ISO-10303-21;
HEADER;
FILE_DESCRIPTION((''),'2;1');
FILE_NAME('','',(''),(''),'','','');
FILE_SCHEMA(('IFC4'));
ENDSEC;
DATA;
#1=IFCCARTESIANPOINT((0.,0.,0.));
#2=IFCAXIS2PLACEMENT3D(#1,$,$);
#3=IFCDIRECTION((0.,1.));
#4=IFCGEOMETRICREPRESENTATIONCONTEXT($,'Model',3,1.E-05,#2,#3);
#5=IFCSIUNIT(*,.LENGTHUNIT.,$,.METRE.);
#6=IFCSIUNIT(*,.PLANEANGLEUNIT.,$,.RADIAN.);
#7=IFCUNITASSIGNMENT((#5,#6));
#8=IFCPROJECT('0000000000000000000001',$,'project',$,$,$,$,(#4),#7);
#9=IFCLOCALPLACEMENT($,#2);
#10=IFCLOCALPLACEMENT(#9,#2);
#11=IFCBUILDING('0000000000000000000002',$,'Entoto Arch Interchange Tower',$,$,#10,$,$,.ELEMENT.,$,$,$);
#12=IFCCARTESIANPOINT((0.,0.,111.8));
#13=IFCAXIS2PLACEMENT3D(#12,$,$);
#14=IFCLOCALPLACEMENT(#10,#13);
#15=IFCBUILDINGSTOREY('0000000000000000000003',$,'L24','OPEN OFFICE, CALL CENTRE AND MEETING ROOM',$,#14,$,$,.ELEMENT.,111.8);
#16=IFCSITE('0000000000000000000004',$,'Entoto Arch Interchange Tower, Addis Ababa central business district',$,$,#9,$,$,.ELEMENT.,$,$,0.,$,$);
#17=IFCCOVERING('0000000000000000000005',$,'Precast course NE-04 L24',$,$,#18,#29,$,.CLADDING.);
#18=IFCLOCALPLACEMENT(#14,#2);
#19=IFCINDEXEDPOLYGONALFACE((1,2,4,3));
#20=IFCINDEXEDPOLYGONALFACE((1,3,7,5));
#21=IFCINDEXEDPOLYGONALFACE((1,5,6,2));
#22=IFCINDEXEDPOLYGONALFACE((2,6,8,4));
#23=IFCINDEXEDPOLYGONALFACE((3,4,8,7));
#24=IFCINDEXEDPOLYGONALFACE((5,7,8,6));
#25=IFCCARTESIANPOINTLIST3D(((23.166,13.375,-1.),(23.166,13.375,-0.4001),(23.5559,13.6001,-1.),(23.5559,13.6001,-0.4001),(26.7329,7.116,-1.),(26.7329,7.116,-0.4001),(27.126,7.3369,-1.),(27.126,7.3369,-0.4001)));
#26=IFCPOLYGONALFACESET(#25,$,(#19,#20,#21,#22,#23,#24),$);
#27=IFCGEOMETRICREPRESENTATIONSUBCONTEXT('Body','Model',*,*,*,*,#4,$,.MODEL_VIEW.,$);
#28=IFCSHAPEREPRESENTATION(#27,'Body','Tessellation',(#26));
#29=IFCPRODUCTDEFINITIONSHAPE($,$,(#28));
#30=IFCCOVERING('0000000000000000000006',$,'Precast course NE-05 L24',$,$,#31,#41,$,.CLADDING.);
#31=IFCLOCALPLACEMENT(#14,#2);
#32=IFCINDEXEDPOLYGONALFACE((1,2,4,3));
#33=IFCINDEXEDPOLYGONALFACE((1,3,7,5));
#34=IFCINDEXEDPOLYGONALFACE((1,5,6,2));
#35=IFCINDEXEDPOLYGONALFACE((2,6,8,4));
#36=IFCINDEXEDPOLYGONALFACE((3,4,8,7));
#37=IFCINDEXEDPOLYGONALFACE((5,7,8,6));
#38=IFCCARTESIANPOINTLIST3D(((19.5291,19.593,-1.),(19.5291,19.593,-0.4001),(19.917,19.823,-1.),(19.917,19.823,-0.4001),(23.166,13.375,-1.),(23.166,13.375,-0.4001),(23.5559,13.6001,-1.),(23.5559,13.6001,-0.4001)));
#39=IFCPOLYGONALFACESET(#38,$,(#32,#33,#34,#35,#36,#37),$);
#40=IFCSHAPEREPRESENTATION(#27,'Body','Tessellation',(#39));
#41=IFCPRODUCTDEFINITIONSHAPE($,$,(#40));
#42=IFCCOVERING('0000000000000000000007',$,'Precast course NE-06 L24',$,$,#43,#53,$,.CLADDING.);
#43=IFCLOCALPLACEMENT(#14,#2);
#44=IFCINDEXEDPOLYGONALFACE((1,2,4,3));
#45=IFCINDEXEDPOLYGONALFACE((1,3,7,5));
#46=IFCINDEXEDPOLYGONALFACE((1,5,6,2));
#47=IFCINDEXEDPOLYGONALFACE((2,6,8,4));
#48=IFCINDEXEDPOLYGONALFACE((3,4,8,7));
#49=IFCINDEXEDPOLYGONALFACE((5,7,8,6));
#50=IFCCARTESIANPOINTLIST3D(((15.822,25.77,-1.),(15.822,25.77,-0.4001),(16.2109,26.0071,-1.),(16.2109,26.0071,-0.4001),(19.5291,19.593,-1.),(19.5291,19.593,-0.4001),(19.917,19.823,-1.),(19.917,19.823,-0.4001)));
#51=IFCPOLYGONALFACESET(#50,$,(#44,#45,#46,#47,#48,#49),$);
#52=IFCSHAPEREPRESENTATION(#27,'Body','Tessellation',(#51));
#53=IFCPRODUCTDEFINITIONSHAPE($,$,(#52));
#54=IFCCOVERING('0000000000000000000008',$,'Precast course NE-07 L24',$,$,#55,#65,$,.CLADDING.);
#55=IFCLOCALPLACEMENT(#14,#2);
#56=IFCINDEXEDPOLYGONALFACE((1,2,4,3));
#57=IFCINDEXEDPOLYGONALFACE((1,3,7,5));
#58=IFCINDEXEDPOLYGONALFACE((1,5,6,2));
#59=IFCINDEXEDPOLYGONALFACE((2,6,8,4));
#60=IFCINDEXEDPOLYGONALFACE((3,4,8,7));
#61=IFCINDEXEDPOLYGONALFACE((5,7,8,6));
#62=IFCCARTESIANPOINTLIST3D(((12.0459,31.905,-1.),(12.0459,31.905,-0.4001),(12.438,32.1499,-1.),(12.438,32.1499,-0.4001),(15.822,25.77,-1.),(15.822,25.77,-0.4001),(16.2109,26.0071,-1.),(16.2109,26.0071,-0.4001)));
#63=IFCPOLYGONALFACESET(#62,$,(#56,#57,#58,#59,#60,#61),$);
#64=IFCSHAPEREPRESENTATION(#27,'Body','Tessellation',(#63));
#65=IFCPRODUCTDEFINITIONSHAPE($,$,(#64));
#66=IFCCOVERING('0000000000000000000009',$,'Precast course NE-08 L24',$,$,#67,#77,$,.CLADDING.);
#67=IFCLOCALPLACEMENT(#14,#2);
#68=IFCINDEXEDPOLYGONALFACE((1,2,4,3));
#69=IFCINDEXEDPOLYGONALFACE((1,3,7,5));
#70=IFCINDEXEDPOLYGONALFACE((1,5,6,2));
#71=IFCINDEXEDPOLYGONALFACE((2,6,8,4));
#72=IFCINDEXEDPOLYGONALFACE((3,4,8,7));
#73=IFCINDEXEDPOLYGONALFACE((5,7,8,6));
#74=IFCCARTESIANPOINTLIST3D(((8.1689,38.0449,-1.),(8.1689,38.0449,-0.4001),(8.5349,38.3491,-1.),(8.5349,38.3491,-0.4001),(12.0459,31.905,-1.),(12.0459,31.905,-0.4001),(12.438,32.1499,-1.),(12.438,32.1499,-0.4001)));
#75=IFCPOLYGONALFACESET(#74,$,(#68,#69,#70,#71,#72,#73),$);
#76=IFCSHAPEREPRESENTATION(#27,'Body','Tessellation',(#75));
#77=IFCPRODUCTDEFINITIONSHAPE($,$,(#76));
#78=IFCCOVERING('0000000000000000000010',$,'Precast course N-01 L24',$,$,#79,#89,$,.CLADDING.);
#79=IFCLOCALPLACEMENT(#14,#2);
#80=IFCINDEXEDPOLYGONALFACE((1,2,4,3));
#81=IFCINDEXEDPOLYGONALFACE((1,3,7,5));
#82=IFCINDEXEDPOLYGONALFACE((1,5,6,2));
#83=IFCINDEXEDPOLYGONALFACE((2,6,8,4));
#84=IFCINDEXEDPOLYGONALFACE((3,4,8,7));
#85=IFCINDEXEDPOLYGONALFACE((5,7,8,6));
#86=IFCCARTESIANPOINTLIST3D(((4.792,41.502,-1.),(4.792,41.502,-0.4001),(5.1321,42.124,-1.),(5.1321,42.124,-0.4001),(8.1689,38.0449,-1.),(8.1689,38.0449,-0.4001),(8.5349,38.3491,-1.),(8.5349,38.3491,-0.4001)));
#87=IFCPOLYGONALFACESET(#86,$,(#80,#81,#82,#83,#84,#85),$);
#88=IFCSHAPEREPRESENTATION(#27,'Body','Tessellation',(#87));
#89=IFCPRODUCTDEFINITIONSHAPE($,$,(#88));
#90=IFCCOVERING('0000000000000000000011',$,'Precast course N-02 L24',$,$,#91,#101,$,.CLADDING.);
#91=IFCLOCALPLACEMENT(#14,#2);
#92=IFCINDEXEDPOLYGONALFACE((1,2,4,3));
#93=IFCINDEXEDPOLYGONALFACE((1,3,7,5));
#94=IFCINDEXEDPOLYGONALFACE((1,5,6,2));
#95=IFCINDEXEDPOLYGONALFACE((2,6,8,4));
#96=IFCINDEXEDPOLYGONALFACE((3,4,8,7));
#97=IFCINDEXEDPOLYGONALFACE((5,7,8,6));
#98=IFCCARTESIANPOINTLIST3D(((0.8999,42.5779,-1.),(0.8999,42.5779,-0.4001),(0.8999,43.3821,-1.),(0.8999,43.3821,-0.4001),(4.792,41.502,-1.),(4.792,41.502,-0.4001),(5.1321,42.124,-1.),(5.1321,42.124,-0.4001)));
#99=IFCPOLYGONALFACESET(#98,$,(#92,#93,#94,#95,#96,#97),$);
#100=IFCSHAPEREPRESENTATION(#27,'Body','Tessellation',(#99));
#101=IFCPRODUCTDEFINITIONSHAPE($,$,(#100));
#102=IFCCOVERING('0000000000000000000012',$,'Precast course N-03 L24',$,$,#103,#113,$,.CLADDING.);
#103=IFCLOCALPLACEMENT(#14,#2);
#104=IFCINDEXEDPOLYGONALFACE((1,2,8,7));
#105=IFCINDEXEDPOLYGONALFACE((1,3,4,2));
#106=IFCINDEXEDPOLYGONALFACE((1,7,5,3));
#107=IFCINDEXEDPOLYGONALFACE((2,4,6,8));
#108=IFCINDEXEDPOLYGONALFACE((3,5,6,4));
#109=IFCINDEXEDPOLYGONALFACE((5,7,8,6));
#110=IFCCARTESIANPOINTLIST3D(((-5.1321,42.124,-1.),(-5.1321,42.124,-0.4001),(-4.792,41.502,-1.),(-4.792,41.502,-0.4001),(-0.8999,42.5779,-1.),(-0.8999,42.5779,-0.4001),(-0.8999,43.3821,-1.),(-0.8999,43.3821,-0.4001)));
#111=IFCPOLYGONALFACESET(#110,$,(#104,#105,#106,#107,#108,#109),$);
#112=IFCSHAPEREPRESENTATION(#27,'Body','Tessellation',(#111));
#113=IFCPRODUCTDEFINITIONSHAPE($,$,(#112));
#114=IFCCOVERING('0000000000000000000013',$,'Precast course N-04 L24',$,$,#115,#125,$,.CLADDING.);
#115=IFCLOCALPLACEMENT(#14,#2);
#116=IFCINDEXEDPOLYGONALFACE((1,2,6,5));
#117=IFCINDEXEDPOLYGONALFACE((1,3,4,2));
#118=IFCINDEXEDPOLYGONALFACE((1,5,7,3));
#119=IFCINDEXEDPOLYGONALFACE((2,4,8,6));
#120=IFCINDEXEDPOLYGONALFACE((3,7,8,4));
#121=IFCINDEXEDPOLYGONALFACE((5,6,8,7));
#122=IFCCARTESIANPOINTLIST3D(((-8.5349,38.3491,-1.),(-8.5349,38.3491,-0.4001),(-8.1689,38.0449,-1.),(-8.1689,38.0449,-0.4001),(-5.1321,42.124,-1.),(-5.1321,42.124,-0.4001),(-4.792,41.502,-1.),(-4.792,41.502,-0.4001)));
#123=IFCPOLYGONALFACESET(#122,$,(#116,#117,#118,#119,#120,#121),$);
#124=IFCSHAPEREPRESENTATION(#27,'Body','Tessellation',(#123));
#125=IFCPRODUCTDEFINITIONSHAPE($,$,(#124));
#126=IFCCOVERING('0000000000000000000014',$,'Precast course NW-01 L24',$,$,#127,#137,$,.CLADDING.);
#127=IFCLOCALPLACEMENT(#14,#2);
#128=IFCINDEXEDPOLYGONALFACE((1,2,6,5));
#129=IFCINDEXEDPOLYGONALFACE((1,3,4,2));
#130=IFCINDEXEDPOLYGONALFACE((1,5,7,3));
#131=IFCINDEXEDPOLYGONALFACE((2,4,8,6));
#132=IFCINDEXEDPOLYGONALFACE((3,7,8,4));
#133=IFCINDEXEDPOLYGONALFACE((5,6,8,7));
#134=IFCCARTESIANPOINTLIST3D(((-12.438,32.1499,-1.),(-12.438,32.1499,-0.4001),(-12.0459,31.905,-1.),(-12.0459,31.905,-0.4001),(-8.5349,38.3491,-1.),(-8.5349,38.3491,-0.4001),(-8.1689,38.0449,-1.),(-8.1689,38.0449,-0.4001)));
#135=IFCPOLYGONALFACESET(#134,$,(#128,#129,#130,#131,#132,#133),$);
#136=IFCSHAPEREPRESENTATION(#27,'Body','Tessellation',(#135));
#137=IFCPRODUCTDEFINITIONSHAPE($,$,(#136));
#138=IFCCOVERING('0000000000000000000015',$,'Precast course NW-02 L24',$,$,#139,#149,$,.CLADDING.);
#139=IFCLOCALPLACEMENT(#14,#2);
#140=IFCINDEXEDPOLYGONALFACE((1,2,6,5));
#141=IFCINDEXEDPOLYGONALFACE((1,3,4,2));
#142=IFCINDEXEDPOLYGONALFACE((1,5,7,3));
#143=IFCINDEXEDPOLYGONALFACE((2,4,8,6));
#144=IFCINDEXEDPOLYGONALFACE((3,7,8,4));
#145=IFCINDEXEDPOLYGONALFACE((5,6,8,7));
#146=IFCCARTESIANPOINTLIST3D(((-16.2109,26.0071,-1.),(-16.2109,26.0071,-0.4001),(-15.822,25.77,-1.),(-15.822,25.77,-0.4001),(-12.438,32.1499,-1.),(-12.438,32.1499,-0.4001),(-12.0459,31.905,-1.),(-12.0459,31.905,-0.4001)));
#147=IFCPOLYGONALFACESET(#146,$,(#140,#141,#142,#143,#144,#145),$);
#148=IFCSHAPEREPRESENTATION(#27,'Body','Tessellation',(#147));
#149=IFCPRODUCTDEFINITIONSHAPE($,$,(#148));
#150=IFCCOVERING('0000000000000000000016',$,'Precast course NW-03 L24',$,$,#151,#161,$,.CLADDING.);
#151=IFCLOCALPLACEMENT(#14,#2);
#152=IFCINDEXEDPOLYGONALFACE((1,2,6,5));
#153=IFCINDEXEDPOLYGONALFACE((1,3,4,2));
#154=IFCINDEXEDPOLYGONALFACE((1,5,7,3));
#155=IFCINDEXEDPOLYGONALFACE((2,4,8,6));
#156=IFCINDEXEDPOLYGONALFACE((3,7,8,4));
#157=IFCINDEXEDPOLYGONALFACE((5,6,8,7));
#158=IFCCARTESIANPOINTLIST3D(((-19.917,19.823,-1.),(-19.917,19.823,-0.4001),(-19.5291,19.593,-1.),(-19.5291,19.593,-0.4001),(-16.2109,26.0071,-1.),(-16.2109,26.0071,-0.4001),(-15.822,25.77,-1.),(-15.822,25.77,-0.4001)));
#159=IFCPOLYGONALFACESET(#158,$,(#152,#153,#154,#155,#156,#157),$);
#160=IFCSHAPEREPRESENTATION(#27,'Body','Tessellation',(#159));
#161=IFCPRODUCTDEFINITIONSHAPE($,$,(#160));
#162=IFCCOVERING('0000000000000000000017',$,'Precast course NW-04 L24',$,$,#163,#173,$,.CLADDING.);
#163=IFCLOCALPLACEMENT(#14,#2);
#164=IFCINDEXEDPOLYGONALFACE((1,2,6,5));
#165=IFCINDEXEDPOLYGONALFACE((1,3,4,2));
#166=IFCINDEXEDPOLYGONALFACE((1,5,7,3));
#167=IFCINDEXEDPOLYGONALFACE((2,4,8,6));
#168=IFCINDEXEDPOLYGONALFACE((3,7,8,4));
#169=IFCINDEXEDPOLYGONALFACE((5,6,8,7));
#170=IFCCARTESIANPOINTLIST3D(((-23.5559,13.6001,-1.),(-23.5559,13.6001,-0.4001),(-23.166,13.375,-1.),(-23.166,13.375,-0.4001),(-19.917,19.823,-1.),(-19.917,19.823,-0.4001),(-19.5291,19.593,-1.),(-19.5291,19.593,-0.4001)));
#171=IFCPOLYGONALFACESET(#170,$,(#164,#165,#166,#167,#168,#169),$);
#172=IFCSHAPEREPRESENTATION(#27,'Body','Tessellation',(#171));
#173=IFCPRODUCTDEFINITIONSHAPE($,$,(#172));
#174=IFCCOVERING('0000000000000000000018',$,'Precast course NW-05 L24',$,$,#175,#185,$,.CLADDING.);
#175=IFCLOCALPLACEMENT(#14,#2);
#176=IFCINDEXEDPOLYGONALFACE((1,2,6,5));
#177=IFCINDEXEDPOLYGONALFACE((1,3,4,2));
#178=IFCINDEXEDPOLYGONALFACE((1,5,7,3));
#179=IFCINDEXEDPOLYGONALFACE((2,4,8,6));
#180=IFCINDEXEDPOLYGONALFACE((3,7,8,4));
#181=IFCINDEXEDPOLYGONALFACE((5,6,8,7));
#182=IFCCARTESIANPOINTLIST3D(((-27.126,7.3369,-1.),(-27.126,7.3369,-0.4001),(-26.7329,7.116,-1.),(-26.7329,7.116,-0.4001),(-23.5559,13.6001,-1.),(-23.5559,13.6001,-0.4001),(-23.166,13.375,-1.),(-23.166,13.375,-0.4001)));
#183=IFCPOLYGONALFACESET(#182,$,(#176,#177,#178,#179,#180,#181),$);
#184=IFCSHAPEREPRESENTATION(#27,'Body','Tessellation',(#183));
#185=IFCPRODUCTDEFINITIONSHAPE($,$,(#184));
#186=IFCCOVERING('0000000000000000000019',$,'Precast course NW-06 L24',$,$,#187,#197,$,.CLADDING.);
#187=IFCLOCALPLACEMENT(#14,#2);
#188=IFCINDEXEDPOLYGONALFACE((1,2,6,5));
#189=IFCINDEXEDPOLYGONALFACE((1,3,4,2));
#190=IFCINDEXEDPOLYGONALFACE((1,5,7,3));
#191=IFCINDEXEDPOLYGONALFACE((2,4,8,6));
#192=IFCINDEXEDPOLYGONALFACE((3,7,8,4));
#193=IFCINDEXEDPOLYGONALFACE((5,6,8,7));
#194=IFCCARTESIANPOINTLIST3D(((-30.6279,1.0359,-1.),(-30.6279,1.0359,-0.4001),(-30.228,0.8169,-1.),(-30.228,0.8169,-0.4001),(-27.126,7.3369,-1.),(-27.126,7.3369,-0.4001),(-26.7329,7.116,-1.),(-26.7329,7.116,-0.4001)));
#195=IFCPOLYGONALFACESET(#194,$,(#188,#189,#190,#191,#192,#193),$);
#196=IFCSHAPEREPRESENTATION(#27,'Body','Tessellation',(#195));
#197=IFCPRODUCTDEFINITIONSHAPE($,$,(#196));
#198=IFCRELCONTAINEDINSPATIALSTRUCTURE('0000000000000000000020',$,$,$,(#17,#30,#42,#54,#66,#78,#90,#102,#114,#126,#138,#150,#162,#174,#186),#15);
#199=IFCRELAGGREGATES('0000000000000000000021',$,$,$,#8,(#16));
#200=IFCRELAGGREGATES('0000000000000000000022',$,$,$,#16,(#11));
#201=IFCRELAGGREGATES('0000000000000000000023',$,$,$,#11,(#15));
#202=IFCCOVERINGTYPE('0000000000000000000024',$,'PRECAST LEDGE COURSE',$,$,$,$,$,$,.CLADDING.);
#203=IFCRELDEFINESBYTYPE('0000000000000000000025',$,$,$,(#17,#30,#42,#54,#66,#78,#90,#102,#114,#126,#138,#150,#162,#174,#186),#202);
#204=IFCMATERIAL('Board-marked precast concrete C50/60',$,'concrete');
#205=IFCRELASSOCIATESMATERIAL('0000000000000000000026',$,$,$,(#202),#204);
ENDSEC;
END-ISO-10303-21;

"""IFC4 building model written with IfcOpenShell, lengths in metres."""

from ifc_helpers import new_model, si_unit, direction, frame, origin, place, context, subcontext, project, spatial, polyline, outline, extrude, material, type_object, element, save


model = new_model("IFC4")

# Units and contexts
model_context = context("Model", 3, precision=1e-05, world=origin(), true_north=direction((0.0, 1.0)))
body_context = subcontext(model_context, "Body", "Model", "MODEL_VIEW")
ifc_project = project(units=[si_unit("LENGTHUNIT", "METRE"), si_unit("PLANEANGLEUNIT", "RADIAN")], contexts=[model_context])

# Site, building, storey
site_placement = place(None, origin())
site = spatial("IfcSite", under=ifc_project, at=site_placement, Name="Entoto Arch Interchange Tower, Addis Ababa central business district", CompositionType="ELEMENT", RefElevation=0.0)
building_placement = place(site_placement, origin())
building = spatial("IfcBuilding", under=site, at=building_placement, Name="Entoto Arch Interchange Tower", CompositionType="ELEMENT")
storey_placement = place(building_placement, frame((0.0, 0.0, 111.8)))
storey = spatial("IfcBuildingStorey", under=building, at=storey_placement, Name="L24", Description="OPEN OFFICE, CALL CENTRE AND MEETING ROOM", CompositionType="ELEMENT", Elevation=111.8)

# Coverings
ifc_material_1 = material(Name="Board-marked precast concrete C50/60", Category="concrete")
covering_type = type_object("IfcCoveringType", Name="PRECAST LEDGE COURSE", PredefinedType="CLADDING", material=ifc_material_1)
covering_1_placement = place(storey_placement, frame((0.0, 0.0, -1.0)))
element("IfcCovering", 1, at=covering_1_placement, inside=storey, type_object=covering_type, Name="Precast course NE-04 L24", PredefinedType="CLADDING", context=body_context, shape_type="SweptSolid", body=[
    extrude(outline(polyline([(23.166, 13.375), (23.5559, 13.6001), (27.126, 7.3369), (26.7329, 7.116), (23.166, 13.375)])), origin(), (0.0, 0.0, 1.0), 0.5999),
])
covering_2_placement = place(storey_placement, frame((0.0, 0.0, -1.0)))
element("IfcCovering", 2, at=covering_2_placement, inside=storey, type_object=covering_type, Name="Precast course NE-05 L24", PredefinedType="CLADDING", context=body_context, shape_type="SweptSolid", body=[
    extrude(outline(polyline([(19.5291, 19.593), (19.917, 19.823), (23.5559, 13.6001), (23.166, 13.375), (19.5291, 19.593)])), origin(), (0.0, 0.0, 1.0), 0.5999),
])
covering_3_placement = place(storey_placement, frame((0.0, 0.0, -1.0)))
element("IfcCovering", 3, at=covering_3_placement, inside=storey, type_object=covering_type, Name="Precast course NE-06 L24", PredefinedType="CLADDING", context=body_context, shape_type="SweptSolid", body=[
    extrude(outline(polyline([(15.822, 25.77), (16.2109, 26.0071), (19.917, 19.823), (19.5291, 19.593), (15.822, 25.77)])), origin(), (0.0, 0.0, 1.0), 0.5999),
])
covering_4_placement = place(storey_placement, frame((0.0, 0.0, -1.0)))
element("IfcCovering", 4, at=covering_4_placement, inside=storey, type_object=covering_type, Name="Precast course NE-07 L24", PredefinedType="CLADDING", context=body_context, shape_type="SweptSolid", body=[
    extrude(outline(polyline([(12.0459, 31.905), (12.438, 32.1499), (16.2109, 26.0071), (15.822, 25.77), (12.0459, 31.905)])), origin(), (0.0, 0.0, 1.0), 0.5999),
])
covering_5_placement = place(storey_placement, frame((0.0, 0.0, -1.0)))
element("IfcCovering", 5, at=covering_5_placement, inside=storey, type_object=covering_type, Name="Precast course NE-08 L24", PredefinedType="CLADDING", context=body_context, shape_type="SweptSolid", body=[
    extrude(outline(polyline([(8.1689, 38.0449), (8.5349, 38.3491), (12.438, 32.1499), (12.0459, 31.905), (8.1689, 38.0449)])), origin(), (0.0, 0.0, 1.0), 0.5999),
])
covering_6_placement = place(storey_placement, frame((0.0, 0.0, -1.0)))
element("IfcCovering", 6, at=covering_6_placement, inside=storey, type_object=covering_type, Name="Precast course N-01 L24", PredefinedType="CLADDING", context=body_context, shape_type="SweptSolid", body=[
    extrude(outline(polyline([(4.792, 41.502), (5.1321, 42.124), (8.5349, 38.3491), (8.1689, 38.0449), (4.792, 41.502)])), origin(), (0.0, 0.0, 1.0), 0.5999),
])
covering_7_placement = place(storey_placement, frame((0.0, 0.0, -1.0)))
element("IfcCovering", 7, at=covering_7_placement, inside=storey, type_object=covering_type, Name="Precast course N-02 L24", PredefinedType="CLADDING", context=body_context, shape_type="SweptSolid", body=[
    extrude(outline(polyline([(0.8999, 42.5779), (0.8999, 43.3821), (5.1321, 42.124), (4.792, 41.502), (0.8999, 42.5779)])), origin(), (0.0, 0.0, 1.0), 0.5999),
])
covering_8_placement = place(storey_placement, frame((0.0, 0.0, -1.0)))
element("IfcCovering", 8, at=covering_8_placement, inside=storey, type_object=covering_type, Name="Precast course N-03 L24", PredefinedType="CLADDING", context=body_context, shape_type="SweptSolid", body=[
    extrude(outline(polyline([(-4.792, 41.502), (-5.1321, 42.124), (-0.8999, 43.3821), (-0.8999, 42.5779), (-4.792, 41.502)])), origin(), (0.0, 0.0, 1.0), 0.5999),
])
covering_9_placement = place(storey_placement, frame((0.0, 0.0, -1.0)))
element("IfcCovering", 9, at=covering_9_placement, inside=storey, type_object=covering_type, Name="Precast course N-04 L24", PredefinedType="CLADDING", context=body_context, shape_type="SweptSolid", body=[
    extrude(outline(polyline([(-8.1689, 38.0449), (-8.5349, 38.3491), (-5.1321, 42.124), (-4.792, 41.502), (-8.1689, 38.0449)])), origin(), (0.0, 0.0, 1.0), 0.5999),
])
covering_10_placement = place(storey_placement, frame((0.0, 0.0, -1.0)))
element("IfcCovering", 10, at=covering_10_placement, inside=storey, type_object=covering_type, Name="Precast course NW-01 L24", PredefinedType="CLADDING", context=body_context, shape_type="SweptSolid", body=[
    extrude(outline(polyline([(-12.0459, 31.905), (-12.438, 32.1499), (-8.5349, 38.3491), (-8.1689, 38.0449), (-12.0459, 31.905)])), origin(), (0.0, 0.0, 1.0), 0.5999),
])
covering_11_placement = place(storey_placement, frame((0.0, 0.0, -1.0)))
element("IfcCovering", 11, at=covering_11_placement, inside=storey, type_object=covering_type, Name="Precast course NW-02 L24", PredefinedType="CLADDING", context=body_context, shape_type="SweptSolid", body=[
    extrude(outline(polyline([(-15.822, 25.77), (-16.2109, 26.0071), (-12.438, 32.1499), (-12.0459, 31.905), (-15.822, 25.77)])), origin(), (0.0, 0.0, 1.0), 0.5999),
])
covering_12_placement = place(storey_placement, frame((0.0, 0.0, -1.0)))
element("IfcCovering", 12, at=covering_12_placement, inside=storey, type_object=covering_type, Name="Precast course NW-03 L24", PredefinedType="CLADDING", context=body_context, shape_type="SweptSolid", body=[
    extrude(outline(polyline([(-19.5291, 19.593), (-19.917, 19.823), (-16.2109, 26.0071), (-15.822, 25.77), (-19.5291, 19.593)])), origin(), (0.0, 0.0, 1.0), 0.5999),
])
covering_13_placement = place(storey_placement, frame((0.0, 0.0, -1.0)))
element("IfcCovering", 13, at=covering_13_placement, inside=storey, type_object=covering_type, Name="Precast course NW-04 L24", PredefinedType="CLADDING", context=body_context, shape_type="SweptSolid", body=[
    extrude(outline(polyline([(-23.166, 13.375), (-23.5559, 13.6001), (-19.917, 19.823), (-19.5291, 19.593), (-23.166, 13.375)])), origin(), (0.0, 0.0, 1.0), 0.5999),
])
covering_14_placement = place(storey_placement, frame((0.0, 0.0, -1.0)))
element("IfcCovering", 14, at=covering_14_placement, inside=storey, type_object=covering_type, Name="Precast course NW-05 L24", PredefinedType="CLADDING", context=body_context, shape_type="SweptSolid", body=[
    extrude(outline(polyline([(-26.7329, 7.116), (-27.126, 7.3369), (-23.5559, 13.6001), (-23.166, 13.375), (-26.7329, 7.116)])), origin(), (0.0, 0.0, 1.0), 0.5999),
])
covering_15_placement = place(storey_placement, frame((0.0, 0.0, -1.0)))
element("IfcCovering", 15, at=covering_15_placement, inside=storey, type_object=covering_type, Name="Precast course NW-06 L24", PredefinedType="CLADDING", context=body_context, shape_type="SweptSolid", body=[
    extrude(outline(polyline([(-30.228, 0.8169), (-30.6279, 1.0359), (-27.126, 7.3369), (-26.7329, 7.116), (-30.228, 0.8169)])), origin(), (0.0, 0.0, 1.0), 0.5999),
])

save(model, "model.ifc")
